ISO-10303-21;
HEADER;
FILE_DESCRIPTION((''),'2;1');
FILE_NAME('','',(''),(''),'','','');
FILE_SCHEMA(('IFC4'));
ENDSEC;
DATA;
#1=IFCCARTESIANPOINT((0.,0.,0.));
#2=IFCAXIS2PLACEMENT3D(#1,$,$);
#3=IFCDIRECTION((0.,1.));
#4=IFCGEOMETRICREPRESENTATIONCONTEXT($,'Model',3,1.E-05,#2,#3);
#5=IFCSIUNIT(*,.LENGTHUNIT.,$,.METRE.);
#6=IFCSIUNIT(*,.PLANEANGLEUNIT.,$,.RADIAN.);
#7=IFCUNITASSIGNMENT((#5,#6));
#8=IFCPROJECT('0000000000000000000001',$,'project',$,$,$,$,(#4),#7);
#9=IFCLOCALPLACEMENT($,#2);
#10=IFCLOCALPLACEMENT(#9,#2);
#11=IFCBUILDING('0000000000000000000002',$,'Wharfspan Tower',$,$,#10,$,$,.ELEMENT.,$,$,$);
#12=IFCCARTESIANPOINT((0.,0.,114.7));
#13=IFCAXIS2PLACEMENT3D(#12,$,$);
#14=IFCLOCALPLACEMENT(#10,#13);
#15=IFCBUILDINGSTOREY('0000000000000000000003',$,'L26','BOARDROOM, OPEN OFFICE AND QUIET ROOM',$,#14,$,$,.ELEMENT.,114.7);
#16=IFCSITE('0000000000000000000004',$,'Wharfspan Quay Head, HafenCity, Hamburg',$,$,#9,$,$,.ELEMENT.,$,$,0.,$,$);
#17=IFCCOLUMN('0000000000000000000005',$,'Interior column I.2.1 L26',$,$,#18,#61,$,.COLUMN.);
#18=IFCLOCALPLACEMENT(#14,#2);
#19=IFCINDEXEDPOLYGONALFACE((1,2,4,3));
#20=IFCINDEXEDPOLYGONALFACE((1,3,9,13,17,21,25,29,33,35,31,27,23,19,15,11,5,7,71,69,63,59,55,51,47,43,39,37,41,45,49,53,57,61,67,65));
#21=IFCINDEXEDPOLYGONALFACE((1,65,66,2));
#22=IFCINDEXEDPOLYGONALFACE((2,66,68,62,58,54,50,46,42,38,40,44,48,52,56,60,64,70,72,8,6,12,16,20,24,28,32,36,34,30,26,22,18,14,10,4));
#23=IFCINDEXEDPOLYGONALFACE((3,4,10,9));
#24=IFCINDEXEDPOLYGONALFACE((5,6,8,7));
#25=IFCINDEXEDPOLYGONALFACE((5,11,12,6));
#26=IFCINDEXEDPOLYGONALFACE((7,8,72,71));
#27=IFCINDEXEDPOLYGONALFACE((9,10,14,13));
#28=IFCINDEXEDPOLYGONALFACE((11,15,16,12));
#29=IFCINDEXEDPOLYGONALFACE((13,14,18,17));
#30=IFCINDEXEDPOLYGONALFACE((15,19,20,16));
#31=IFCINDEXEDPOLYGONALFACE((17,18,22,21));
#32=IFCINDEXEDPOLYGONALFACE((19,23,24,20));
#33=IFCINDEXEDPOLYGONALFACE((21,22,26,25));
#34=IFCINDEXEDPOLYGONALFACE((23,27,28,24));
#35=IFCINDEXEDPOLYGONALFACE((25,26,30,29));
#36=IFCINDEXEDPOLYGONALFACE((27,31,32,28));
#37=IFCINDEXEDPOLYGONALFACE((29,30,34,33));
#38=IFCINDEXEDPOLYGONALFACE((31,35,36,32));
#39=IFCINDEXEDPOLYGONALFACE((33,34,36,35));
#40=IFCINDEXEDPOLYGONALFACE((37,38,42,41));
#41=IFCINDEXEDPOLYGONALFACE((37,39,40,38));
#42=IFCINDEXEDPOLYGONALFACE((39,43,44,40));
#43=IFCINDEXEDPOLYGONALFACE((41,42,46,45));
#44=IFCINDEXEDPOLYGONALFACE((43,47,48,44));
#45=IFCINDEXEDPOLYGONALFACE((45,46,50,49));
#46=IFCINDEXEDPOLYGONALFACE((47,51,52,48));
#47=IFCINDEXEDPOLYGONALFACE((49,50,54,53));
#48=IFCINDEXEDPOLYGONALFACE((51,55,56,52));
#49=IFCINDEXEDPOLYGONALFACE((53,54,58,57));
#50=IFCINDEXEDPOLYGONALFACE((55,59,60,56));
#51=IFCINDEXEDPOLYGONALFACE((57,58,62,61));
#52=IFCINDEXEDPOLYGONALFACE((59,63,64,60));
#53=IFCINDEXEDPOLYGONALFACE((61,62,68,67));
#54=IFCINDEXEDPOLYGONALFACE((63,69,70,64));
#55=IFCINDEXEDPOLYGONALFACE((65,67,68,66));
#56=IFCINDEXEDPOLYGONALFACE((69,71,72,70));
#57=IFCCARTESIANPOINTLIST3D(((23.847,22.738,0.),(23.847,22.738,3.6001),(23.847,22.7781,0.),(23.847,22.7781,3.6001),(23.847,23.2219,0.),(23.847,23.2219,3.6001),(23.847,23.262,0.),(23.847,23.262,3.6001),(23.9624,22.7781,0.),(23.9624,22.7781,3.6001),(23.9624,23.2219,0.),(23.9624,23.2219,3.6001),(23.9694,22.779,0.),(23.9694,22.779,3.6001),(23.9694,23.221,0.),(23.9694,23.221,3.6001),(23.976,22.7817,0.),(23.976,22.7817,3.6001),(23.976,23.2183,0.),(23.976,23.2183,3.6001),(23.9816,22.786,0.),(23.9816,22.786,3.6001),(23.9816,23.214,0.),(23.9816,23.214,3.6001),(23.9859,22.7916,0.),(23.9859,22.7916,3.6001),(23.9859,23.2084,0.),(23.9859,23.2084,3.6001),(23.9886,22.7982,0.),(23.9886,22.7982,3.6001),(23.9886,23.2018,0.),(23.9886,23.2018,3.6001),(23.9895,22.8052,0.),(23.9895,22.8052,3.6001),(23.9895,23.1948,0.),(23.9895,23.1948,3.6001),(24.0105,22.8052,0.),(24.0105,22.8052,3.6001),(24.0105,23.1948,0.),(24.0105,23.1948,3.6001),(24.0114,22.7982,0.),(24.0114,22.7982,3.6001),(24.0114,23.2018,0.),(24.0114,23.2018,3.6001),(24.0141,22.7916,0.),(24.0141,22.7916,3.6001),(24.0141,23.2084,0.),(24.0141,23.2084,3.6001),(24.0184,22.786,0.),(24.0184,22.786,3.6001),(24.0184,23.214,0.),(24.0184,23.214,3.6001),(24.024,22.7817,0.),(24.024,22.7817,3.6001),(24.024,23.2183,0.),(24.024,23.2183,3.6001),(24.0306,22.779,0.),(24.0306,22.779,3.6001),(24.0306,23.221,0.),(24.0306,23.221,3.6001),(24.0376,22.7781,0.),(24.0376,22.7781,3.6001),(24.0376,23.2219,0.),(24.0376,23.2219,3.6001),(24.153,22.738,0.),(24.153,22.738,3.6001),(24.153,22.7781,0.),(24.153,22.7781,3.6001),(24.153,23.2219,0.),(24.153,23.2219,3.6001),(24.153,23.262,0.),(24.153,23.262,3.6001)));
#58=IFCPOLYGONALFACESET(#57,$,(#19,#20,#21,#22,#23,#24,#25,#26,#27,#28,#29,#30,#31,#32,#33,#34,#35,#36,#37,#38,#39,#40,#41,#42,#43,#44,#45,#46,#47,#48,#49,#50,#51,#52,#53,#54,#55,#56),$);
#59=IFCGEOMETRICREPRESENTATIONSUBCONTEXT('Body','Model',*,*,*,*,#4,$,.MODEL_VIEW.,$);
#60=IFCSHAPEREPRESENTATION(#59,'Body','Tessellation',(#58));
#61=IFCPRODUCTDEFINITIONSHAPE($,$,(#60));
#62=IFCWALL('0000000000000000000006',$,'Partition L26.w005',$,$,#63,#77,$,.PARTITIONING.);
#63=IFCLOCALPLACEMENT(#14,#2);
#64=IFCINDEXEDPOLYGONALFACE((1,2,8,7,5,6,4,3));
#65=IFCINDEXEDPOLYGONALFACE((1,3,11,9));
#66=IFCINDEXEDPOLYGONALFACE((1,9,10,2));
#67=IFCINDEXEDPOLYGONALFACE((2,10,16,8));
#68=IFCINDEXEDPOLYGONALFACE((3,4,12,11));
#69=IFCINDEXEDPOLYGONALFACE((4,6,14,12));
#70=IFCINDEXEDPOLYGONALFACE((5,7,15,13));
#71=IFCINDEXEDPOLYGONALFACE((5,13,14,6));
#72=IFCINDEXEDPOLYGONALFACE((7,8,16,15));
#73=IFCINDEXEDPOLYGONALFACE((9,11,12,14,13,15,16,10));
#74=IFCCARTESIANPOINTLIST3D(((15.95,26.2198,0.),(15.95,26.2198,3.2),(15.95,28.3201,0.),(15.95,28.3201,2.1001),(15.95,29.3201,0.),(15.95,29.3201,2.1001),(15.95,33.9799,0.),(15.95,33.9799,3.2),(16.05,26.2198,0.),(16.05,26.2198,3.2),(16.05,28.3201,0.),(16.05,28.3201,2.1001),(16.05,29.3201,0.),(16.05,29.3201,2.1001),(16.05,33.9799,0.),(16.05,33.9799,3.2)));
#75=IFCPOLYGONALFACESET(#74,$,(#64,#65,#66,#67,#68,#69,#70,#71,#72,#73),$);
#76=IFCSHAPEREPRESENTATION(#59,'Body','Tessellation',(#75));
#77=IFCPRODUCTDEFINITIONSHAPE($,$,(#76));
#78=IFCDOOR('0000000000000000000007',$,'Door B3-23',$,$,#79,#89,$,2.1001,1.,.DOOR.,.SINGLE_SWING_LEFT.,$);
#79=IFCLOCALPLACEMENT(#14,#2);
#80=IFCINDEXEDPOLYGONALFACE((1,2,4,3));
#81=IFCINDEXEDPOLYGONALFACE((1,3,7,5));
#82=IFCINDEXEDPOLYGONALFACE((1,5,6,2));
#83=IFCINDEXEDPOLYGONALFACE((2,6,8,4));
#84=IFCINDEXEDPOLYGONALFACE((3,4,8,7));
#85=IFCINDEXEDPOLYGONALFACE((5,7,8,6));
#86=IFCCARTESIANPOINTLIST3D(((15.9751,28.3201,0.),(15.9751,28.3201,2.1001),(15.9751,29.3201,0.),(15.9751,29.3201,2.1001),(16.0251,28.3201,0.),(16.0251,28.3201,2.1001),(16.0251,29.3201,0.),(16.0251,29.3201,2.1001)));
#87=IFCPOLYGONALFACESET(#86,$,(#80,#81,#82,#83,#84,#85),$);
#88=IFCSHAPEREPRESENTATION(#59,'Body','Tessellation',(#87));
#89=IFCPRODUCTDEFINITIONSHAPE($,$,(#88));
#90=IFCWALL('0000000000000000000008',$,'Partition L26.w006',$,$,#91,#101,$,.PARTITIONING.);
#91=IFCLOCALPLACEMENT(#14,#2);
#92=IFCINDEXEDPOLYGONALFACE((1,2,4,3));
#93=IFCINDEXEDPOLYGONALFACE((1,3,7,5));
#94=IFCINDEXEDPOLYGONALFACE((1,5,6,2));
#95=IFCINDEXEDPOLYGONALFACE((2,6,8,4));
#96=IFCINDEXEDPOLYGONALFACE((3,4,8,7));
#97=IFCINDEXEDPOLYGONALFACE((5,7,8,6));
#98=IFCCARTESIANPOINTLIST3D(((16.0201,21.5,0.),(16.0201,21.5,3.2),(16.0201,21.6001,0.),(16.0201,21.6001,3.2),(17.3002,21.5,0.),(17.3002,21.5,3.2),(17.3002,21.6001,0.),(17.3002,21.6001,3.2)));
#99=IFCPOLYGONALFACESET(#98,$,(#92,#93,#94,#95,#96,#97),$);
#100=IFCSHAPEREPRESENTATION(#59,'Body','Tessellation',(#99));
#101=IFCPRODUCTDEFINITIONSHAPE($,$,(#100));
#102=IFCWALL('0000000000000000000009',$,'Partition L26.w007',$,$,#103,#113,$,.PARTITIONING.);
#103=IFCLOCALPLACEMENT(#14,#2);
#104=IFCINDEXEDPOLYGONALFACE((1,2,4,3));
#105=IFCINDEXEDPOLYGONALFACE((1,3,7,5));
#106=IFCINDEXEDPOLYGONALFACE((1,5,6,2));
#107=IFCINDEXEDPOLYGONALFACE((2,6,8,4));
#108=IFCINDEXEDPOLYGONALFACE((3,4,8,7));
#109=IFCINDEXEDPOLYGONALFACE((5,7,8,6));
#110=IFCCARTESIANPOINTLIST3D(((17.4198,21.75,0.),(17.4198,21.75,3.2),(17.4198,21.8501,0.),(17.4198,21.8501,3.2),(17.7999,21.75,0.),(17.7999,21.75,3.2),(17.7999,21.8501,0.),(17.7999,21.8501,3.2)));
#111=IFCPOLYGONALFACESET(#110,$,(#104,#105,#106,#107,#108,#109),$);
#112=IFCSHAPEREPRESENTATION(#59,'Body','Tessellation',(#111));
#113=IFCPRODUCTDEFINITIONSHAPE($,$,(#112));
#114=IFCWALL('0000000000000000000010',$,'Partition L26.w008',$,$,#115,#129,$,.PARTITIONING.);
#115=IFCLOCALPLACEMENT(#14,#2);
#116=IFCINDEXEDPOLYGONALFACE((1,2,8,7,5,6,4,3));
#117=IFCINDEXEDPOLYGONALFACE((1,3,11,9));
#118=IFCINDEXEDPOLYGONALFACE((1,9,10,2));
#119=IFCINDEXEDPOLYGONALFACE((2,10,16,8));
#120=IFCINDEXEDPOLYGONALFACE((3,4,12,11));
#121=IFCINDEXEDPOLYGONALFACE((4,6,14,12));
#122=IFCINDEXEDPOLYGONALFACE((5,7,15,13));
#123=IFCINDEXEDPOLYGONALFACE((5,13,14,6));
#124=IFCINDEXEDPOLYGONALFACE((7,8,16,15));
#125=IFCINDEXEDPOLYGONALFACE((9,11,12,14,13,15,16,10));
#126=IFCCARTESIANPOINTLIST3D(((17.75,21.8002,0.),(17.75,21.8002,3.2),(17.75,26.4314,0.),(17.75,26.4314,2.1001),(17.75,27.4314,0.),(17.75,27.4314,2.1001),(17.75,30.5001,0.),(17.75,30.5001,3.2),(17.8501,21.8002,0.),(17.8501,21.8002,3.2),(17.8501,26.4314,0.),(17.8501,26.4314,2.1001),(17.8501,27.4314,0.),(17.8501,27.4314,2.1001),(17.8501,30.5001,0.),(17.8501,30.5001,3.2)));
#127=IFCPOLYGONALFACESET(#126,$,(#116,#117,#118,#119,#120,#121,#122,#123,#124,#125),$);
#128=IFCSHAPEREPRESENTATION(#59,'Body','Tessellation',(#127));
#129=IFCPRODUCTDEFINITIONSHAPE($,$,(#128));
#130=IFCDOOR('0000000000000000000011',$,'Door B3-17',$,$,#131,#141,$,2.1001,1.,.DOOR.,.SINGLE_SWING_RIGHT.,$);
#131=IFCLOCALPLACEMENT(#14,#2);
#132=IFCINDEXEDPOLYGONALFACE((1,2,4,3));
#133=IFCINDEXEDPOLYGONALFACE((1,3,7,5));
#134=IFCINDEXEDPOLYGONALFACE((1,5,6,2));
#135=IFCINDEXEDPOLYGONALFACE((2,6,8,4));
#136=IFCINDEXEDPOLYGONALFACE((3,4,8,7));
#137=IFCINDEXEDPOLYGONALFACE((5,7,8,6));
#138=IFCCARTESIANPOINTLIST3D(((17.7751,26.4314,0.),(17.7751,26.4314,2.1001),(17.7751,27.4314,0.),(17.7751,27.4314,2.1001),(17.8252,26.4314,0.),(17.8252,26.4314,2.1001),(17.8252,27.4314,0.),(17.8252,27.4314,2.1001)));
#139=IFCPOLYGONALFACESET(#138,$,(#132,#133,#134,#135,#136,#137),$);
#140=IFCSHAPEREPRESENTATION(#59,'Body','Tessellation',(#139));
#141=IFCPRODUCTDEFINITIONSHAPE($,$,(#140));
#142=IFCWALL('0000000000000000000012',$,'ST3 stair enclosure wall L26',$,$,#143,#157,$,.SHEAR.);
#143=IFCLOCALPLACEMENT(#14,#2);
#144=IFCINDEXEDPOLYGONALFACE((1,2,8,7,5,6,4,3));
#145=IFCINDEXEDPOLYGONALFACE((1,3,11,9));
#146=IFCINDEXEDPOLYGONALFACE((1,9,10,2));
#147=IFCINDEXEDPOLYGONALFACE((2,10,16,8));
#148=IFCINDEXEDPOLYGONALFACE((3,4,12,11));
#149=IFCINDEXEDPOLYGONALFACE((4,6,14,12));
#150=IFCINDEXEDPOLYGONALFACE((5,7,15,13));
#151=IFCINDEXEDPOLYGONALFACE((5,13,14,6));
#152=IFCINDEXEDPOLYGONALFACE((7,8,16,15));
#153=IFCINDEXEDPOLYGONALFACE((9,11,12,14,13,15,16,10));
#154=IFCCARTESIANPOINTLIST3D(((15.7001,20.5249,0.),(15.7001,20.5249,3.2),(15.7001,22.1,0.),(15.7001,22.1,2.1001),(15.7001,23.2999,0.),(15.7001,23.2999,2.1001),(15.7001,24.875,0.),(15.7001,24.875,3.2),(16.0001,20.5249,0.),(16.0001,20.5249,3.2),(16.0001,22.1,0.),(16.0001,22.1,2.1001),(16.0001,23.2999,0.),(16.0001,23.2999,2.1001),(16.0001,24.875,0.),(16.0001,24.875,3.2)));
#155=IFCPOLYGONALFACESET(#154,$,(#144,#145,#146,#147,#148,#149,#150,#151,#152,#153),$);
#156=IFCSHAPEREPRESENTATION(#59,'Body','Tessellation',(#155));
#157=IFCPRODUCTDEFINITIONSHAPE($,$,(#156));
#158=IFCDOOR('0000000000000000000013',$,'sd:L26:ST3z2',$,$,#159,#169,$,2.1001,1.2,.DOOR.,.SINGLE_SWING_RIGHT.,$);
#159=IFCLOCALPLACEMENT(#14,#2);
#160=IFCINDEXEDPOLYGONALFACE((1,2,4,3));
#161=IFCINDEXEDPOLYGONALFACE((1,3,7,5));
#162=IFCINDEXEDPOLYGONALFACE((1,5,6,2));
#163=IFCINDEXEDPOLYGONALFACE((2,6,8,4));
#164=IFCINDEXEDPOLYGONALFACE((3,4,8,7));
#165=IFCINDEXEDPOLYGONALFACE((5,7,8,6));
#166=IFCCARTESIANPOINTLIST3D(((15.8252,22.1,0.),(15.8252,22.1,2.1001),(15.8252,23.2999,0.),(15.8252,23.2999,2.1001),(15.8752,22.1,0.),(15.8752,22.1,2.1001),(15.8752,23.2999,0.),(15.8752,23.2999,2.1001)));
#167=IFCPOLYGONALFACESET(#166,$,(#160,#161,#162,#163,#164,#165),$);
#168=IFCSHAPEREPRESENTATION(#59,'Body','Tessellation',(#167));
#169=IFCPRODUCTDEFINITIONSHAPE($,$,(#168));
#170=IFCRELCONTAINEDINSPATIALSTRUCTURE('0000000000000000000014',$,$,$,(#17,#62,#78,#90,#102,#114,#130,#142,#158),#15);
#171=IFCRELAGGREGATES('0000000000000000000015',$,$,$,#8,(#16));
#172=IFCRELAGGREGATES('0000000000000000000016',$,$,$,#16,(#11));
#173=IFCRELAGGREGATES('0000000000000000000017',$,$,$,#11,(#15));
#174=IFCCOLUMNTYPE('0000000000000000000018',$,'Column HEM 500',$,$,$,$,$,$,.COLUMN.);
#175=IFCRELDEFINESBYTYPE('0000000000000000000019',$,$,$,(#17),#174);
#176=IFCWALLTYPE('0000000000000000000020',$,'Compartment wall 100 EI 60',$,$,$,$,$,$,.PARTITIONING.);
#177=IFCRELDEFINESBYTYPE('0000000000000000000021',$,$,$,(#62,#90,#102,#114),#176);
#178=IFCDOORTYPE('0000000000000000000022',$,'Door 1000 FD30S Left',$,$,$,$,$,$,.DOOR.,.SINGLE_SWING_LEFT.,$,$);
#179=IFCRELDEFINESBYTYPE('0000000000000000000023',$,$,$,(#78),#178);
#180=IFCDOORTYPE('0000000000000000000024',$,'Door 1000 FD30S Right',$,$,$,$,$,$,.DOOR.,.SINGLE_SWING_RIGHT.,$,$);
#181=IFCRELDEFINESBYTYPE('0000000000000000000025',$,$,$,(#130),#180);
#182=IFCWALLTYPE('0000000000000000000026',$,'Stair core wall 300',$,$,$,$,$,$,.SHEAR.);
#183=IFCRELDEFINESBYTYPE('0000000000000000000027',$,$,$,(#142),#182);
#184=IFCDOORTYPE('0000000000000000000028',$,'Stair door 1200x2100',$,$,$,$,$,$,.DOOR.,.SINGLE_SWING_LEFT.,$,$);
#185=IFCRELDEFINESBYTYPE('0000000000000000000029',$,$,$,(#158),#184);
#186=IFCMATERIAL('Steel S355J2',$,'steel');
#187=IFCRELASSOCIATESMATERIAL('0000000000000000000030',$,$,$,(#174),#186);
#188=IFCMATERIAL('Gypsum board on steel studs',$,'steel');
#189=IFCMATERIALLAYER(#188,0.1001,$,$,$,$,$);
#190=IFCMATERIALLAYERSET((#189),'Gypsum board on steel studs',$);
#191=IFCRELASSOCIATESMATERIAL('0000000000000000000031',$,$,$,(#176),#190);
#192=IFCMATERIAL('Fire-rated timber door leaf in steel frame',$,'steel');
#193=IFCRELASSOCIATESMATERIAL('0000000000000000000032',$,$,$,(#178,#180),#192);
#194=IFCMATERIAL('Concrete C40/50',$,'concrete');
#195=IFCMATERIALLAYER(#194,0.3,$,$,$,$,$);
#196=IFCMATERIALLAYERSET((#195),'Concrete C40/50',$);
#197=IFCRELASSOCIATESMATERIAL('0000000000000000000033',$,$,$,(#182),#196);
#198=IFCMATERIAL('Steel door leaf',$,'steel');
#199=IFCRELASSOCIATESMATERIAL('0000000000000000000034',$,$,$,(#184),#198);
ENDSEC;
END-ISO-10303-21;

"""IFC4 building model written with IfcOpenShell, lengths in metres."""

from ifc_helpers import new_model, si_unit, direction, frame, frame_2d, origin, origin_2d, place, context, subcontext, project, spatial, rectangle, i_section, extrude, material, layer, layer_set, material_profile, profile_set, type_object, element, fill, save


model = new_model("IFC4")

# Units and contexts
model_context = context("Model", 3, precision=1e-05, world=origin(), true_north=direction((0.0, 1.0)))
body_context = subcontext(model_context, "Body", "Model", "MODEL_VIEW")
ifc_project = project(units=[si_unit("LENGTHUNIT", "METRE"), si_unit("PLANEANGLEUNIT", "RADIAN")], contexts=[model_context])

# Site, building, storey
site_placement = place(None, origin())
site = spatial("IfcSite", under=ifc_project, at=site_placement, Name="Wharfspan Quay Head, HafenCity, Hamburg", CompositionType="ELEMENT", RefElevation=0.0)
building_placement = place(site_placement, origin())
building = spatial("IfcBuilding", under=site, at=building_placement, Name="Wharfspan Tower", CompositionType="ELEMENT")
storey_placement = place(building_placement, frame((0.0, 0.0, 114.7)))
storey = spatial("IfcBuildingStorey", under=building, at=storey_placement, Name="L26", Description="BOARDROOM, OPEN OFFICE AND QUIET ROOM", CompositionType="ELEMENT", Elevation=114.7)

# Column
ifc_material_1 = material(Name="Steel S355J2", Category="steel")
ifc_material_profile = material_profile(ifc_material_1, i_section(OverallWidth=0.3059, OverallDepth=0.5239, WebThickness=0.021, FlangeThickness=0.04, FilletRadius=0.0271, at=origin_2d()))
ifc_profile_set = profile_set([ifc_material_profile], Name="Steel S355J2")
column_type = type_object("IfcColumnType", Name="Column HEM 500", PredefinedType="COLUMN", material=ifc_profile_set)
column_placement = place(storey_placement, frame((24.0, 23.0, 0.0), z_axis=(0.0, 0.0, 1.0), x_axis=(1.0, 0.0, 0.0)))
element("IfcColumn", 1, at=column_placement, inside=storey, type_object=column_type, Name="Interior column I.2.1 L26", PredefinedType="COLUMN", context=body_context, shape_type="SweptSolid", body=[
    extrude(i_section(OverallWidth=0.3059, OverallDepth=0.5239, WebThickness=0.021, FlangeThickness=0.04, FilletRadius=0.0271, at=origin_2d()), origin(), (0.0, 0.0, 1.0), 3.6001),
])

# Wall, opening, door
ifc_material_2 = material(Name="Gypsum board on steel studs", Category="steel")
ifc_layer_1 = layer(ifc_material_2, 0.1001)
ifc_layer_set_1 = layer_set([ifc_layer_1], Name="Gypsum board on steel studs")
wall_type_1 = type_object("IfcWallType", Name="Compartment wall 100 EI 60", PredefinedType="PARTITIONING", material=ifc_layer_set_1)
wall_1_placement = place(storey_placement, frame((16.0, 26.22, 0.0), z_axis=(0.0, 0.0, 1.0), x_axis=(0.0, 1.0, 0.0)))
wall_1 = element("IfcWall", 2, at=wall_1_placement, inside=storey, type_object=wall_type_1, Name="Partition L26.w005", PredefinedType="PARTITIONING", context=body_context, shape_type="SweptSolid", body=[
    extrude(rectangle(XDim=7.76, YDim=0.1001, at=frame_2d((3.8799, 0.0))), origin(), (0.0, 0.0, 1.0), 3.2),
])
opening_1_placement = place(wall_1_placement, frame((2.1001, 0.0, 0.0)))
opening_1 = element("IfcOpeningElement", 3, at=opening_1_placement, cuts=wall_1, PredefinedType="OPENING", context=body_context, shape_type="SweptSolid", body=[
    extrude(rectangle(XDim=1.0, YDim=2.1001, at=frame_2d((0.5, 1.05))), frame((0.0, 0.0601, 0.0), z_axis=(0.0, -1.0, 0.0), x_axis=(1.0, 0.0, 0.0)), (0.0, 0.0, 1.0), 0.1201),
])
ifc_material_3 = material(Name="Fire-rated timber door leaf in steel frame", Category="steel")
door_type_1 = type_object("IfcDoorType", Name="Door 1000 FD30S Left", OperationType="SINGLE_SWING_LEFT", PredefinedType="DOOR", material=ifc_material_3)
door_1_placement = place(opening_1_placement, origin())
door_1 = element("IfcDoor", 4, at=door_1_placement, inside=storey, type_object=door_type_1, Name="Door B3-23", OperationType="SINGLE_SWING_LEFT", OverallHeight=2.1001, OverallWidth=1.0, PredefinedType="DOOR", context=body_context, shape_type="SweptSolid", body=[
    extrude(rectangle(XDim=1.0, YDim=2.1001, at=frame_2d((0.5, 1.05))), frame((0.0, 0.0249, 0.0), z_axis=(0.0, -1.0, 0.0), x_axis=(1.0, 0.0, 0.0)), (0.0, 0.0, 1.0), 0.05),
])
fill(opening_1, door_1)

# Walls
wall_2_placement = place(storey_placement, frame((16.02, 21.55, 0.0), z_axis=(0.0, 0.0, 1.0), x_axis=(1.0, 0.0, 0.0)))
element("IfcWall", 5, at=wall_2_placement, inside=storey, type_object=wall_type_1, Name="Partition L26.w006", PredefinedType="PARTITIONING", context=body_context, shape_type="SweptSolid", body=[
    extrude(rectangle(XDim=1.28, YDim=0.1001, at=frame_2d((0.6401, 0.0))), origin(), (0.0, 0.0, 1.0), 3.2),
])
wall_3_placement = place(storey_placement, frame((17.4199, 21.8, 0.0), z_axis=(0.0, 0.0, 1.0), x_axis=(1.0, 0.0, 0.0)))
element("IfcWall", 6, at=wall_3_placement, inside=storey, type_object=wall_type_1, Name="Partition L26.w007", PredefinedType="PARTITIONING", context=body_context, shape_type="SweptSolid", body=[
    extrude(rectangle(XDim=0.3801, YDim=0.1001, at=frame_2d((0.1899, 0.0))), origin(), (0.0, 0.0, 1.0), 3.2),
])

# Walls, openings, doors
wall_4_placement = place(storey_placement, frame((17.8, 21.8, 0.0), z_axis=(0.0, 0.0, 1.0), x_axis=(0.0, 1.0, 0.0)))
wall_4 = element("IfcWall", 7, at=wall_4_placement, inside=storey, type_object=wall_type_1, Name="Partition L26.w008", PredefinedType="PARTITIONING", context=body_context, shape_type="SweptSolid", body=[
    extrude(rectangle(XDim=8.7, YDim=0.1001, at=frame_2d((4.3501, 0.0))), origin(), (0.0, 0.0, 1.0), 3.2),
])
opening_2_placement = place(wall_4_placement, frame((4.6313, 0.0, 0.0)))
opening_2 = element("IfcOpeningElement", 8, at=opening_2_placement, cuts=wall_4, PredefinedType="OPENING", context=body_context, shape_type="SweptSolid", body=[
    extrude(rectangle(XDim=1.0, YDim=2.1001, at=frame_2d((0.5, 1.05))), frame((0.0, 0.0601, 0.0), z_axis=(0.0, -1.0, 0.0), x_axis=(1.0, 0.0, 0.0)), (0.0, 0.0, 1.0), 0.1201),
])
door_type_2 = type_object("IfcDoorType", Name="Door 1000 FD30S Right", OperationType="SINGLE_SWING_RIGHT", PredefinedType="DOOR", material=ifc_material_3)
door_2_placement = place(opening_2_placement, origin())
door_2 = element("IfcDoor", 9, at=door_2_placement, inside=storey, type_object=door_type_2, Name="Door B3-17", OperationType="SINGLE_SWING_RIGHT", OverallHeight=2.1001, OverallWidth=1.0, PredefinedType="DOOR", context=body_context, shape_type="SweptSolid", body=[
    extrude(rectangle(XDim=1.0, YDim=2.1001, at=frame_2d((0.5, 1.05))), frame((0.0, 0.0249, 0.0), z_axis=(0.0, -1.0, 0.0), x_axis=(1.0, 0.0, 0.0)), (0.0, 0.0, 1.0), 0.05),
])
fill(opening_2, door_2)
ifc_material_4 = material(Name="Concrete C40/50", Category="concrete")
ifc_layer_2 = layer(ifc_material_4, 0.3)
ifc_layer_set_2 = layer_set([ifc_layer_2], Name="Concrete C40/50")
wall_type_2 = type_object("IfcWallType", Name="Stair core wall 300", PredefinedType="SHEAR", material=ifc_layer_set_2)
wall_5_placement = place(storey_placement, frame((15.8501, 20.5249, 0.0), z_axis=(0.0, 0.0, 1.0), x_axis=(0.0, 1.0, 0.0)))
wall_5 = element("IfcWall", 10, at=wall_5_placement, inside=storey, type_object=wall_type_2, Name="ST3 stair enclosure wall L26", PredefinedType="SHEAR", context=body_context, shape_type="SweptSolid", body=[
    extrude(rectangle(XDim=4.3501, YDim=0.3, at=frame_2d((2.175, 0.0))), origin(), (0.0, 0.0, 1.0), 3.2),
])
opening_3_placement = place(wall_5_placement, frame((1.575, 0.0, 0.0)))
opening_3 = element("IfcOpeningElement", 11, at=opening_3_placement, cuts=wall_5, PredefinedType="OPENING", context=body_context, shape_type="SweptSolid", body=[
    extrude(rectangle(XDim=1.2, YDim=2.1001, at=frame_2d((0.6001, 1.05))), frame((0.0, 0.1599, 0.0), z_axis=(0.0, -1.0, 0.0), x_axis=(1.0, 0.0, 0.0)), (0.0, 0.0, 1.0), 0.3201),
])
ifc_material_5 = material(Name="Steel door leaf", Category="steel")
door_type_3 = type_object("IfcDoorType", Name="Stair door 1200x2100", OperationType="SINGLE_SWING_LEFT", PredefinedType="DOOR", material=ifc_material_5)
door_3_placement = place(opening_3_placement, origin())
door_3 = element("IfcDoor", 12, at=door_3_placement, inside=storey, type_object=door_type_3, Name="sd:L26:ST3z2", OperationType="SINGLE_SWING_RIGHT", OverallHeight=2.1001, OverallWidth=1.2, PredefinedType="DOOR", context=body_context, shape_type="SweptSolid", body=[
    extrude(rectangle(XDim=1.2, YDim=2.1001, at=frame_2d((0.6001, 1.05))), frame((0.0, 0.0249, 0.0), z_axis=(0.0, -1.0, 0.0), x_axis=(1.0, 0.0, 0.0)), (0.0, 0.0, 1.0), 0.05),
])
fill(opening_3, door_3)

save(model, "model.ifc")
